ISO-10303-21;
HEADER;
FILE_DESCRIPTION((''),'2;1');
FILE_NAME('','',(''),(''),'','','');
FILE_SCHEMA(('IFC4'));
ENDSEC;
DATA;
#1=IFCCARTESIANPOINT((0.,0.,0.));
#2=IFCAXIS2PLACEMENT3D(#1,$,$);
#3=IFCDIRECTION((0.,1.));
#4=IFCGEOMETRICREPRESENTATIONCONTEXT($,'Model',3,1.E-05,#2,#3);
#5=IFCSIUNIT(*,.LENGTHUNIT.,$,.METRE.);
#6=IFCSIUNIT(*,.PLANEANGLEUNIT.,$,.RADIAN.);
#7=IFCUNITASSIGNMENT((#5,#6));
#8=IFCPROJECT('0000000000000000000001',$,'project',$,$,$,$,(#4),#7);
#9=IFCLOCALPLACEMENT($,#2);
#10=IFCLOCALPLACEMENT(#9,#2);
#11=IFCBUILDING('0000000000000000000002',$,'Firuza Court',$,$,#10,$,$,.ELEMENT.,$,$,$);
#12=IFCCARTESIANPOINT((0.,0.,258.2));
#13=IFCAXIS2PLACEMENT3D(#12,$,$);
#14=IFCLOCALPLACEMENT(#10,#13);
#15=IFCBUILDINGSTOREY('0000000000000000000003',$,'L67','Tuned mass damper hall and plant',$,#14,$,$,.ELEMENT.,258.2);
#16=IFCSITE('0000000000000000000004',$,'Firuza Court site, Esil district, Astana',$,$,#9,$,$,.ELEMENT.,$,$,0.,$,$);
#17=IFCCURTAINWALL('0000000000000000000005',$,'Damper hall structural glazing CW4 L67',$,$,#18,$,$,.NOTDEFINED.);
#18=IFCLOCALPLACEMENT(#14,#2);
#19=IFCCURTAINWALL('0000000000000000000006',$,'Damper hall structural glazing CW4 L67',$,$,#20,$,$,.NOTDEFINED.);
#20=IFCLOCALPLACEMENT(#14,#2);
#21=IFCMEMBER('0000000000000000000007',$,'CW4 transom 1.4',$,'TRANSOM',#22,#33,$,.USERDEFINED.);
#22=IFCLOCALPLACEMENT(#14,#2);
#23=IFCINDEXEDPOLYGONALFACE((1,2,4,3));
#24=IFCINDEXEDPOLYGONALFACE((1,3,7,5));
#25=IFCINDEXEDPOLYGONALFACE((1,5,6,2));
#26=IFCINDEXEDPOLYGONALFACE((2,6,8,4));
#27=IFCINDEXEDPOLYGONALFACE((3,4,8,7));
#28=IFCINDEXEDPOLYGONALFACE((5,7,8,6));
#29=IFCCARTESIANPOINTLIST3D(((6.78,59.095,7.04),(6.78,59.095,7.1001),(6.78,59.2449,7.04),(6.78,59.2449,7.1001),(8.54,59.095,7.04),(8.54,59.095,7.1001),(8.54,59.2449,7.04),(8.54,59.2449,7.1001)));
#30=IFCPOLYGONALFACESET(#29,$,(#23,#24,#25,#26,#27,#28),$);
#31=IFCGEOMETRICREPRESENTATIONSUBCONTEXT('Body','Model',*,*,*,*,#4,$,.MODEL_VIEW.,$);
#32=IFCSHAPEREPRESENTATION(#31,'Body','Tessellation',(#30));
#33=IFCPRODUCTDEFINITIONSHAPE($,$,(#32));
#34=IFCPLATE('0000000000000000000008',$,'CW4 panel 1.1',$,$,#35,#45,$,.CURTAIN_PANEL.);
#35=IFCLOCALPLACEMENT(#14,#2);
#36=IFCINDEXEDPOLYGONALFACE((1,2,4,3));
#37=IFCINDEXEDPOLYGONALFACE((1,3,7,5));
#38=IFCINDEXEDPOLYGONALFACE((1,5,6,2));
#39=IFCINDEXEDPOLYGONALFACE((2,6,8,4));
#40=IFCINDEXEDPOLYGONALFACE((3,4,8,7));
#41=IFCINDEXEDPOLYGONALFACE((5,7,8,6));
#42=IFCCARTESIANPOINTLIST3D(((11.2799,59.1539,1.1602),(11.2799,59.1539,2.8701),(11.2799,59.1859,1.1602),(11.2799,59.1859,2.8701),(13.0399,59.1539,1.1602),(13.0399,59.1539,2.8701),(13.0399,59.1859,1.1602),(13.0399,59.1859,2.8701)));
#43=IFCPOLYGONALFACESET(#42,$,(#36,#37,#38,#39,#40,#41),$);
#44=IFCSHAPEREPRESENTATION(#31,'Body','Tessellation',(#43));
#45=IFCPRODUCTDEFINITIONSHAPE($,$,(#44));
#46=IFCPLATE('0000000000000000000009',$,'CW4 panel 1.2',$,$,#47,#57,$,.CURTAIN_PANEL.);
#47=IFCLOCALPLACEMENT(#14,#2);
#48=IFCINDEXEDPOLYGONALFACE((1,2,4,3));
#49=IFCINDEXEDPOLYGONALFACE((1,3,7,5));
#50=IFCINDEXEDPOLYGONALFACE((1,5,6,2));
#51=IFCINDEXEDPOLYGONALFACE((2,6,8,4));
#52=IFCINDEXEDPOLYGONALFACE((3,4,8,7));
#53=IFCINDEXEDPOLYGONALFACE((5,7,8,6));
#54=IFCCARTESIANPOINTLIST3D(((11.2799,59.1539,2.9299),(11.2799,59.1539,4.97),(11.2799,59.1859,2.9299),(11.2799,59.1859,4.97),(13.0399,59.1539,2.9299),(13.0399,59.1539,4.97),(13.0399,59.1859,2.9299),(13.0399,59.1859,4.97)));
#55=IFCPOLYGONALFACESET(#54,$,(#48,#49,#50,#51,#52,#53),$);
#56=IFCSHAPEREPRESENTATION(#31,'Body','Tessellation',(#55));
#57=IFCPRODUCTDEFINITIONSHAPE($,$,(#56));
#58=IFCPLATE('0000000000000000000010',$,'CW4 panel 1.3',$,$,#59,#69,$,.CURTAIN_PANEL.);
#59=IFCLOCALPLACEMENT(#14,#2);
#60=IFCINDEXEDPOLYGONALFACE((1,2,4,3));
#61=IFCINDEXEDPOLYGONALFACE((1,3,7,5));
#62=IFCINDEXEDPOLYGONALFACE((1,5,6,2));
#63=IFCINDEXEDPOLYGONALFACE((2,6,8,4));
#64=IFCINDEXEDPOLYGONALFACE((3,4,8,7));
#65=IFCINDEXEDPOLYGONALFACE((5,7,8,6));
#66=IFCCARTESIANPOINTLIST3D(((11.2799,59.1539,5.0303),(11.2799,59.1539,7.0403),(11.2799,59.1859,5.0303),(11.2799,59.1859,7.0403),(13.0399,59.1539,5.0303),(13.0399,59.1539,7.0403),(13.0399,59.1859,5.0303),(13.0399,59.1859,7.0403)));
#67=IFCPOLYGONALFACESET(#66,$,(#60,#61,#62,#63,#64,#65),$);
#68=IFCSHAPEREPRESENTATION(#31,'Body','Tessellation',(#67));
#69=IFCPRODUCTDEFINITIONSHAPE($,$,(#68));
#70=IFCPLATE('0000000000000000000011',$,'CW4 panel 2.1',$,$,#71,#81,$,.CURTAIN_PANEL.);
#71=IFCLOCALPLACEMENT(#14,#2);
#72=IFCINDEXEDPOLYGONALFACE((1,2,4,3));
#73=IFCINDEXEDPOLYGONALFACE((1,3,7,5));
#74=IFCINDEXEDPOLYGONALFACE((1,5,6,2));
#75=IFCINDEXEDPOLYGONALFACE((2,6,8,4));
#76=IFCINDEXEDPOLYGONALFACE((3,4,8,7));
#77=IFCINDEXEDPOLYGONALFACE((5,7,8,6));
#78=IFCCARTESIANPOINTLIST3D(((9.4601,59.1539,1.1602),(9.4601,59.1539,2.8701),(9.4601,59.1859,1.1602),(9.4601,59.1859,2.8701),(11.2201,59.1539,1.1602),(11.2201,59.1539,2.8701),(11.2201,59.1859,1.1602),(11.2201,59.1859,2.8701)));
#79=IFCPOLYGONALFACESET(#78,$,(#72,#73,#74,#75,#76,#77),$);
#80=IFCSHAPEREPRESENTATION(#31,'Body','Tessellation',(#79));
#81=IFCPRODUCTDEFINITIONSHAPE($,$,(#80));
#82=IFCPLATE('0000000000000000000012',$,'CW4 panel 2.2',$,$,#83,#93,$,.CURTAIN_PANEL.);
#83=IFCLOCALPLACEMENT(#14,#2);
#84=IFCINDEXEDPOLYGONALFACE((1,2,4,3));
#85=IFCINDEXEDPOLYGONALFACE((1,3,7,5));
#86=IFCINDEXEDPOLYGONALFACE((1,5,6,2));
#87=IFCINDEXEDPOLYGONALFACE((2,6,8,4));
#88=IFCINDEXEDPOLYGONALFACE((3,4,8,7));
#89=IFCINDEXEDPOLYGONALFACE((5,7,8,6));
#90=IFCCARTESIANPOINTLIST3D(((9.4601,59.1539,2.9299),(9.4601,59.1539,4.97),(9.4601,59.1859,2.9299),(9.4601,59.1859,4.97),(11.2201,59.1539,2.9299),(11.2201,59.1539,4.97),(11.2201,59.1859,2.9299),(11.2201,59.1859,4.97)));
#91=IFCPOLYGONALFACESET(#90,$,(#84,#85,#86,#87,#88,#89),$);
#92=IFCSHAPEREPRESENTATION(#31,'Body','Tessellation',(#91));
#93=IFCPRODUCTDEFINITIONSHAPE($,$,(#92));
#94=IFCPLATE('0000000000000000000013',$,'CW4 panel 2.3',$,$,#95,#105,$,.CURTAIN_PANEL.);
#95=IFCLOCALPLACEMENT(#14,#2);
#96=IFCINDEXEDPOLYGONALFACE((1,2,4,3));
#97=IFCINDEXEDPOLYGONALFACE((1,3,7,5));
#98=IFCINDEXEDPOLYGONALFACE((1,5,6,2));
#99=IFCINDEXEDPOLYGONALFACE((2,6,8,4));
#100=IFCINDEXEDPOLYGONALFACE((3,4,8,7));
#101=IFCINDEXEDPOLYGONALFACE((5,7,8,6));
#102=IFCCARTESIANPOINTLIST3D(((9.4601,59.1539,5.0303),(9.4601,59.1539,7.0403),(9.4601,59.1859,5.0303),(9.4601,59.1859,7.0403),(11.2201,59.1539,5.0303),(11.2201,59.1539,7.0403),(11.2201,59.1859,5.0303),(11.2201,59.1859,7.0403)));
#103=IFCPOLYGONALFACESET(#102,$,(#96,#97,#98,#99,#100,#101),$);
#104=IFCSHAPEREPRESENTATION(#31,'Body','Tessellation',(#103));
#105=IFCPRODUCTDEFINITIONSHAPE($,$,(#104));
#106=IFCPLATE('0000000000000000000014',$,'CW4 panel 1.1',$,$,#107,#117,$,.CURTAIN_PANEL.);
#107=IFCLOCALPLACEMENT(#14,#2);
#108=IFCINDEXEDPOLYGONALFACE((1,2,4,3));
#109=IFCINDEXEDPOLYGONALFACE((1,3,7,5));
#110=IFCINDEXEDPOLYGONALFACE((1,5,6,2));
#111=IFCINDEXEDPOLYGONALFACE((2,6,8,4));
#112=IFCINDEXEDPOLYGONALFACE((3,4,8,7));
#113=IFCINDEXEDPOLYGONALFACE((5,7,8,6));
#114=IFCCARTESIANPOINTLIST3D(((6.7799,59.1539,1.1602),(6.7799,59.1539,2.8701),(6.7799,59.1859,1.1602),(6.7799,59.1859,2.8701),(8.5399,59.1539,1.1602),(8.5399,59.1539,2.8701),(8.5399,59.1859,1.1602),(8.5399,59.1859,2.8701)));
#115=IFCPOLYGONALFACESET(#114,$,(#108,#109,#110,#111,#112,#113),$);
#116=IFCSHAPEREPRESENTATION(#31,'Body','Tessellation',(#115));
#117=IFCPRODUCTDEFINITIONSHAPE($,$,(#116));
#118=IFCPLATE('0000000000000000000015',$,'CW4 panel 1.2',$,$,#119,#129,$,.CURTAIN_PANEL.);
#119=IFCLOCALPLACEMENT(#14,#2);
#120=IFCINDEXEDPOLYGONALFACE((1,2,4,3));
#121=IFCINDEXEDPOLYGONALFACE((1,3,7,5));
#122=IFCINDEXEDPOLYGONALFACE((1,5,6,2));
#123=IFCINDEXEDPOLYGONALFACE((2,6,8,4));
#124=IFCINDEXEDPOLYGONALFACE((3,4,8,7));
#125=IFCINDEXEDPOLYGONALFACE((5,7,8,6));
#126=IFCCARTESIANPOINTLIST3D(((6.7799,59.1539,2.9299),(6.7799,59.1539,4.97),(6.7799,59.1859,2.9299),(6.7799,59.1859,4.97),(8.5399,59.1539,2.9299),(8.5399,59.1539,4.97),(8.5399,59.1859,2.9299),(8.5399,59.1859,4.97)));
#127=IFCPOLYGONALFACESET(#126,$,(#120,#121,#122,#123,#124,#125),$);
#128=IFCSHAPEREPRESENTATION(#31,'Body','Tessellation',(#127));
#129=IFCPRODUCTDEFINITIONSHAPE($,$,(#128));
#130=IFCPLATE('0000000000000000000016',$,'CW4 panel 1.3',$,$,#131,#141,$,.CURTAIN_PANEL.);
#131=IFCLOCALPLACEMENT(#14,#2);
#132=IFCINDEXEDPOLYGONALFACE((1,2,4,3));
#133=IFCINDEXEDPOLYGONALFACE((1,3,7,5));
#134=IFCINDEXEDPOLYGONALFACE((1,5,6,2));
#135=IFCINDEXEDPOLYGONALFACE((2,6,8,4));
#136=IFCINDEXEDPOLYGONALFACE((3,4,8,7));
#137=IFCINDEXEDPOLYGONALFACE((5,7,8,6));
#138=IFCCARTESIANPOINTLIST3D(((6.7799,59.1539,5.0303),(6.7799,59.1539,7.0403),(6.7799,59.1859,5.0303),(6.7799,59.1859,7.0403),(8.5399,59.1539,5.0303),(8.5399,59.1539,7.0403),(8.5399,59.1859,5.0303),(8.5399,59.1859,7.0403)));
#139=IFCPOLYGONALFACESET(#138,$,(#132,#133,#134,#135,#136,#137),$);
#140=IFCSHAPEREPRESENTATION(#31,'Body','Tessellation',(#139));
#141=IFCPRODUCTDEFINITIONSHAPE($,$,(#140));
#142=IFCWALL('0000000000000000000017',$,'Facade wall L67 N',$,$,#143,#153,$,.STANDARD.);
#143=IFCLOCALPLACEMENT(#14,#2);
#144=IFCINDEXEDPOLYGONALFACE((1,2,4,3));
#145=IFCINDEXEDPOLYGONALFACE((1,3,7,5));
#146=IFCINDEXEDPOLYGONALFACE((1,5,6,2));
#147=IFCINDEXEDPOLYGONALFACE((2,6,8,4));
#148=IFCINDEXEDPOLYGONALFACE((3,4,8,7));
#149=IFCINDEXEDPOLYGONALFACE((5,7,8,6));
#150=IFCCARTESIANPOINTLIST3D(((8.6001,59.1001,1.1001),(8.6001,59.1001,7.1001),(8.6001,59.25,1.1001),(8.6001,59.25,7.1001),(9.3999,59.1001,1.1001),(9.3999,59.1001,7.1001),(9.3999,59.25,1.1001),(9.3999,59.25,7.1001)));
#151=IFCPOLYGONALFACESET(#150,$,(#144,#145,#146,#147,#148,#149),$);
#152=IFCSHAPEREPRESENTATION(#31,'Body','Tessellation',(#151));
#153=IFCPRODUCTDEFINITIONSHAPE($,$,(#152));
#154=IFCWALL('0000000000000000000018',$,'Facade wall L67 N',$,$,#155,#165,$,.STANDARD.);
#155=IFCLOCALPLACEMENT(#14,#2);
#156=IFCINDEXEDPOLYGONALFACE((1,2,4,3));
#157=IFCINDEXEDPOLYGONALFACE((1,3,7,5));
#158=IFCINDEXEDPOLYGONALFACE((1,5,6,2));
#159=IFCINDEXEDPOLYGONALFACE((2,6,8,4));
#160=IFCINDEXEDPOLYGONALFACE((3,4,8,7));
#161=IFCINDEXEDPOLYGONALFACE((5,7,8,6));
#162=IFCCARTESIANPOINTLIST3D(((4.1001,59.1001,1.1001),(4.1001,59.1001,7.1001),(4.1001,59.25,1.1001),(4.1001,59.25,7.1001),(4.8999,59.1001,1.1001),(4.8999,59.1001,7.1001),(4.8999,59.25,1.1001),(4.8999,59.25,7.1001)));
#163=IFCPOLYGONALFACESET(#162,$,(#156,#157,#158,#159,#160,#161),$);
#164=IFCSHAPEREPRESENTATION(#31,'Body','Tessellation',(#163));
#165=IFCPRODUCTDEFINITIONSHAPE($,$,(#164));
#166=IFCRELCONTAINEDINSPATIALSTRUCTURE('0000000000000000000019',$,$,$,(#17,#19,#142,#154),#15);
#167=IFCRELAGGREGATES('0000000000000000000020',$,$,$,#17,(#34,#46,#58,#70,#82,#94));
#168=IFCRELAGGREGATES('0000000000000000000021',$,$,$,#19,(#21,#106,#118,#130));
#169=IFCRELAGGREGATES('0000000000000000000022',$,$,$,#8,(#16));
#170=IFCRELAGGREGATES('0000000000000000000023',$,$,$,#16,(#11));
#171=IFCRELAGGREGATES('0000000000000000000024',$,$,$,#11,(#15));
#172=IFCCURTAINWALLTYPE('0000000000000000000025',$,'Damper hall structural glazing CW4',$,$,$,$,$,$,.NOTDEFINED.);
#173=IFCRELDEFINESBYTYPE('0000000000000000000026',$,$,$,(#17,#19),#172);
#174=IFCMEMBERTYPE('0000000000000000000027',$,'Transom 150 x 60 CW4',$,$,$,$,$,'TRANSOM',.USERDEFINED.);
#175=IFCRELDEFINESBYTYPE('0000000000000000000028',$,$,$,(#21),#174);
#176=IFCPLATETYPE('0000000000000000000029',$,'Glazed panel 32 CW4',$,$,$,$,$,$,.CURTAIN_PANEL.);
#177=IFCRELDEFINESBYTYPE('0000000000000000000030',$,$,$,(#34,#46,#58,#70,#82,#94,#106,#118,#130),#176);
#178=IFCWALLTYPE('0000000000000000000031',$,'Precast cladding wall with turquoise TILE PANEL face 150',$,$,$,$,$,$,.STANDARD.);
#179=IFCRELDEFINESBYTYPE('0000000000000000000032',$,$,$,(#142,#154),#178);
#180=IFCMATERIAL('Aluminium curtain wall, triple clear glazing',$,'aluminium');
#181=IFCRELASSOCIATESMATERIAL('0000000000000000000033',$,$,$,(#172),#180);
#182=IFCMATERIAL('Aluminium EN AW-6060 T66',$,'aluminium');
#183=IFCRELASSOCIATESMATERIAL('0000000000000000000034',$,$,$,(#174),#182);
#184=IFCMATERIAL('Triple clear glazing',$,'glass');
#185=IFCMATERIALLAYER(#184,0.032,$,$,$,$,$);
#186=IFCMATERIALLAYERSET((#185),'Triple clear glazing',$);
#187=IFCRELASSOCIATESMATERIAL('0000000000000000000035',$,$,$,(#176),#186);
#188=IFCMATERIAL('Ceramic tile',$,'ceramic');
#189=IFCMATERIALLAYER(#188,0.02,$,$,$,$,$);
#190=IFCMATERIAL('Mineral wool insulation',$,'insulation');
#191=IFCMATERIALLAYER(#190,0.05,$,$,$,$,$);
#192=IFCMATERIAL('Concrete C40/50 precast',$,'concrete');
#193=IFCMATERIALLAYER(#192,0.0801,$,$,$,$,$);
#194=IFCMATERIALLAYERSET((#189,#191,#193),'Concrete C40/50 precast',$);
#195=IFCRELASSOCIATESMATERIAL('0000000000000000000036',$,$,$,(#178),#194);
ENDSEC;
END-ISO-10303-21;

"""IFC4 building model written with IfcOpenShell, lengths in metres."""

from ifc_helpers import new_model, si_unit, direction, frame, frame_2d, origin, origin_2d, place, context, subcontext, project, spatial, rectangle, extrude, material, layer, layer_set, material_profile, profile_set, type_object, element, aggregate, save


model = new_model("IFC4")

# Units and contexts
model_context = context("Model", 3, precision=1e-05, world=origin(), true_north=direction((0.0, 1.0)))
body_context = subcontext(model_context, "Body", "Model", "MODEL_VIEW")
ifc_project = project(units=[si_unit("LENGTHUNIT", "METRE"), si_unit("PLANEANGLEUNIT", "RADIAN")], contexts=[model_context])

# Site, building, storey
site_placement = place(None, origin())
site = spatial("IfcSite", under=ifc_project, at=site_placement, Name="Firuza Court site, Esil district, Astana", CompositionType="ELEMENT", RefElevation=0.0)
building_placement = place(site_placement, origin())
building = spatial("IfcBuilding", under=site, at=building_placement, Name="Firuza Court", CompositionType="ELEMENT")
storey_placement = place(building_placement, frame((0.0, 0.0, 258.2)))
storey = spatial("IfcBuildingStorey", under=building, at=storey_placement, Name="L67", Description="Tuned mass damper hall and plant", CompositionType="ELEMENT", Elevation=258.2)

# Curtain walls
ifc_material_1 = material(Name="Aluminium curtain wall, triple clear glazing", Category="aluminium")
curtain_wall_type = type_object("IfcCurtainWallType", Name="Damper hall structural glazing CW4", PredefinedType="NOTDEFINED", material=ifc_material_1)
curtain_wall_1_placement = place(storey_placement, origin())
curtain_wall_1 = element("IfcCurtainWall", 1, at=curtain_wall_1_placement, inside=storey, type_object=curtain_wall_type, Name="Damper hall structural glazing CW4 L67", PredefinedType="NOTDEFINED")
curtain_wall_2_placement = place(storey_placement, origin())
curtain_wall_2 = element("IfcCurtainWall", 2, at=curtain_wall_2_placement, inside=storey, type_object=curtain_wall_type, Name="Damper hall structural glazing CW4 L67", PredefinedType="NOTDEFINED")

# Member
ifc_material_2 = material(Name="Aluminium EN AW-6060 T66", Category="aluminium")
ifc_material_profile_1 = material_profile(ifc_material_2, rectangle(XDim=0.1499, YDim=0.0601, at=origin_2d()), Name="Transom 150 x 60 CW4")
ifc_profile_set_1 = profile_set([ifc_material_profile_1], Name="Aluminium EN AW-6060 T66")
member_type_1 = type_object("IfcMemberType", Name="Transom 150 x 60 CW4", ElementType="TRANSOM", PredefinedType="USERDEFINED", material=ifc_profile_set_1)
member_1_placement = place(storey_placement, frame((8.54, 59.1699, 7.0701), z_axis=(-1.0, 0.0, 0.0), x_axis=(0.0, -1.0, 0.0)))
member_1 = element("IfcMember", 3, at=member_1_placement, type_object=member_type_1, Name="CW4 transom 1.4", ObjectType="TRANSOM", PredefinedType="USERDEFINED", context=body_context, shape_type="SweptSolid", body=[
    extrude(rectangle(XDim=0.1499, YDim=0.0601, at=origin_2d()), origin(), (0.0, 0.0, 1.0), 1.76),
])

# Plates
ifc_material_3 = material(Name="Triple clear glazing", Category="glass")
ifc_layer_1 = layer(ifc_material_3, 0.032)
ifc_layer_set_1 = layer_set([ifc_layer_1], Name="Triple clear glazing")
plate_type = type_object("IfcPlateType", Name="Glazed panel 32 CW4", PredefinedType="CURTAIN_PANEL", material=ifc_layer_set_1)
plate_1_placement = place(storey_placement, frame((12.1599, 59.1699, 1.1602), z_axis=(0.0, 0.0, 1.0), x_axis=(-1.0, 0.0, 0.0)))
plate_1 = element("IfcPlate", 4, at=plate_1_placement, type_object=plate_type, Name="CW4 panel 1.1", PredefinedType="CURTAIN_PANEL", context=body_context, shape_type="SweptSolid", body=[
    extrude(rectangle(XDim=1.76, YDim=0.032, at=origin_2d()), origin(), (0.0, 0.0, 1.0), 1.71),
])
plate_2_placement = place(storey_placement, frame((12.1599, 59.1699, 2.9299), z_axis=(0.0, 0.0, 1.0), x_axis=(-1.0, 0.0, 0.0)))
plate_2 = element("IfcPlate", 5, at=plate_2_placement, type_object=plate_type, Name="CW4 panel 1.2", PredefinedType="CURTAIN_PANEL", context=body_context, shape_type="SweptSolid", body=[
    extrude(rectangle(XDim=1.76, YDim=0.032, at=origin_2d()), origin(), (0.0, 0.0, 1.0), 2.04),
])
plate_3_placement = place(storey_placement, frame((12.1599, 59.1699, 5.0303), z_axis=(0.0, 0.0, 1.0), x_axis=(-1.0, 0.0, 0.0)))
plate_3 = element("IfcPlate", 6, at=plate_3_placement, type_object=plate_type, Name="CW4 panel 1.3", PredefinedType="CURTAIN_PANEL", context=body_context, shape_type="SweptSolid", body=[
    extrude(rectangle(XDim=1.76, YDim=0.032, at=origin_2d()), origin(), (0.0, 0.0, 1.0), 2.01),
])
plate_4_placement = place(storey_placement, frame((10.3401, 59.1699, 1.1602), z_axis=(0.0, 0.0, 1.0), x_axis=(-1.0, 0.0, 0.0)))
plate_4 = element("IfcPlate", 7, at=plate_4_placement, type_object=plate_type, Name="CW4 panel 2.1", PredefinedType="CURTAIN_PANEL", context=body_context, shape_type="SweptSolid", body=[
    extrude(rectangle(XDim=1.76, YDim=0.032, at=origin_2d()), origin(), (0.0, 0.0, 1.0), 1.71),
])
plate_5_placement = place(storey_placement, frame((10.3401, 59.1699, 2.9299), z_axis=(0.0, 0.0, 1.0), x_axis=(-1.0, 0.0, 0.0)))
plate_5 = element("IfcPlate", 8, at=plate_5_placement, type_object=plate_type, Name="CW4 panel 2.2", PredefinedType="CURTAIN_PANEL", context=body_context, shape_type="SweptSolid", body=[
    extrude(rectangle(XDim=1.76, YDim=0.032, at=origin_2d()), origin(), (0.0, 0.0, 1.0), 2.04),
])
plate_6_placement = place(storey_placement, frame((10.3401, 59.1699, 5.0303), z_axis=(0.0, 0.0, 1.0), x_axis=(-1.0, 0.0, 0.0)))
plate_6 = element("IfcPlate", 9, at=plate_6_placement, type_object=plate_type, Name="CW4 panel 2.3", PredefinedType="CURTAIN_PANEL", context=body_context, shape_type="SweptSolid", body=[
    extrude(rectangle(XDim=1.76, YDim=0.032, at=origin_2d()), origin(), (0.0, 0.0, 1.0), 2.01),
])
aggregate(curtain_wall_1, [plate_1, plate_2, plate_3, plate_4, plate_5, plate_6])
plate_7_placement = place(storey_placement, frame((7.6599, 59.1699, 1.1602), z_axis=(0.0, 0.0, 1.0), x_axis=(-1.0, 0.0, 0.0)))
plate_7 = element("IfcPlate", 10, at=plate_7_placement, type_object=plate_type, Name="CW4 panel 1.1", PredefinedType="CURTAIN_PANEL", context=body_context, shape_type="SweptSolid", body=[
    extrude(rectangle(XDim=1.76, YDim=0.032, at=origin_2d()), origin(), (0.0, 0.0, 1.0), 1.71),
])
plate_8_placement = place(storey_placement, frame((7.6599, 59.1699, 2.9299), z_axis=(0.0, 0.0, 1.0), x_axis=(-1.0, 0.0, 0.0)))
plate_8 = element("IfcPlate", 11, at=plate_8_placement, type_object=plate_type, Name="CW4 panel 1.2", PredefinedType="CURTAIN_PANEL", context=body_context, shape_type="SweptSolid", body=[
    extrude(rectangle(XDim=1.76, YDim=0.032, at=origin_2d()), origin(), (0.0, 0.0, 1.0), 2.04),
])
plate_9_placement = place(storey_placement, frame((7.6599, 59.1699, 5.0303), z_axis=(0.0, 0.0, 1.0), x_axis=(-1.0, 0.0, 0.0)))
plate_9 = element("IfcPlate", 12, at=plate_9_placement, type_object=plate_type, Name="CW4 panel 1.3", PredefinedType="CURTAIN_PANEL", context=body_context, shape_type="SweptSolid", body=[
    extrude(rectangle(XDim=1.76, YDim=0.032, at=origin_2d()), origin(), (0.0, 0.0, 1.0), 2.01),
])
aggregate(curtain_wall_2, [member_1, plate_7, plate_8, plate_9])

# Walls
ifc_material_4 = material(Name="Ceramic tile", Category="ceramic")
ifc_layer_2 = layer(ifc_material_4, 0.02)
ifc_material_5 = material(Name="Mineral wool insulation", Category="insulation")
ifc_layer_3 = layer(ifc_material_5, 0.05)
ifc_material_6 = material(Name="Concrete C40/50 precast", Category="concrete")
ifc_layer_4 = layer(ifc_material_6, 0.0801)
ifc_layer_set_2 = layer_set([ifc_layer_2, ifc_layer_3, ifc_layer_4], Name="Concrete C40/50 precast")
wall_type = type_object("IfcWallType", Name="Precast cladding wall with turquoise TILE PANEL face 150", PredefinedType="STANDARD", material=ifc_layer_set_2)
for number, where, z_axis, x_axis, name in (
    (13, (9.3999, 59.175, 1.1001), (0.0, 0.0, 1.0), (-1.0, 0.0, 0.0), "Facade wall L67 N"),
    (14, (4.8999, 59.175, 1.1001), (0.0, 0.0, 1.0), (-1.0, 0.0, 0.0), "Facade wall L67 N"),
):
    element("IfcWall", number, at=place(storey_placement, frame(where, z_axis=z_axis, x_axis=x_axis)), inside=storey, type_object=wall_type, Name=name, PredefinedType="STANDARD", context=body_context, shape_type="SweptSolid", body=[
        extrude(rectangle(XDim=0.7998, YDim=0.1499, at=frame_2d((0.3999, 0.0))), origin(), (0.0, 0.0, 1.0), 6.0),
    ])

save(model, "model.ifc")
